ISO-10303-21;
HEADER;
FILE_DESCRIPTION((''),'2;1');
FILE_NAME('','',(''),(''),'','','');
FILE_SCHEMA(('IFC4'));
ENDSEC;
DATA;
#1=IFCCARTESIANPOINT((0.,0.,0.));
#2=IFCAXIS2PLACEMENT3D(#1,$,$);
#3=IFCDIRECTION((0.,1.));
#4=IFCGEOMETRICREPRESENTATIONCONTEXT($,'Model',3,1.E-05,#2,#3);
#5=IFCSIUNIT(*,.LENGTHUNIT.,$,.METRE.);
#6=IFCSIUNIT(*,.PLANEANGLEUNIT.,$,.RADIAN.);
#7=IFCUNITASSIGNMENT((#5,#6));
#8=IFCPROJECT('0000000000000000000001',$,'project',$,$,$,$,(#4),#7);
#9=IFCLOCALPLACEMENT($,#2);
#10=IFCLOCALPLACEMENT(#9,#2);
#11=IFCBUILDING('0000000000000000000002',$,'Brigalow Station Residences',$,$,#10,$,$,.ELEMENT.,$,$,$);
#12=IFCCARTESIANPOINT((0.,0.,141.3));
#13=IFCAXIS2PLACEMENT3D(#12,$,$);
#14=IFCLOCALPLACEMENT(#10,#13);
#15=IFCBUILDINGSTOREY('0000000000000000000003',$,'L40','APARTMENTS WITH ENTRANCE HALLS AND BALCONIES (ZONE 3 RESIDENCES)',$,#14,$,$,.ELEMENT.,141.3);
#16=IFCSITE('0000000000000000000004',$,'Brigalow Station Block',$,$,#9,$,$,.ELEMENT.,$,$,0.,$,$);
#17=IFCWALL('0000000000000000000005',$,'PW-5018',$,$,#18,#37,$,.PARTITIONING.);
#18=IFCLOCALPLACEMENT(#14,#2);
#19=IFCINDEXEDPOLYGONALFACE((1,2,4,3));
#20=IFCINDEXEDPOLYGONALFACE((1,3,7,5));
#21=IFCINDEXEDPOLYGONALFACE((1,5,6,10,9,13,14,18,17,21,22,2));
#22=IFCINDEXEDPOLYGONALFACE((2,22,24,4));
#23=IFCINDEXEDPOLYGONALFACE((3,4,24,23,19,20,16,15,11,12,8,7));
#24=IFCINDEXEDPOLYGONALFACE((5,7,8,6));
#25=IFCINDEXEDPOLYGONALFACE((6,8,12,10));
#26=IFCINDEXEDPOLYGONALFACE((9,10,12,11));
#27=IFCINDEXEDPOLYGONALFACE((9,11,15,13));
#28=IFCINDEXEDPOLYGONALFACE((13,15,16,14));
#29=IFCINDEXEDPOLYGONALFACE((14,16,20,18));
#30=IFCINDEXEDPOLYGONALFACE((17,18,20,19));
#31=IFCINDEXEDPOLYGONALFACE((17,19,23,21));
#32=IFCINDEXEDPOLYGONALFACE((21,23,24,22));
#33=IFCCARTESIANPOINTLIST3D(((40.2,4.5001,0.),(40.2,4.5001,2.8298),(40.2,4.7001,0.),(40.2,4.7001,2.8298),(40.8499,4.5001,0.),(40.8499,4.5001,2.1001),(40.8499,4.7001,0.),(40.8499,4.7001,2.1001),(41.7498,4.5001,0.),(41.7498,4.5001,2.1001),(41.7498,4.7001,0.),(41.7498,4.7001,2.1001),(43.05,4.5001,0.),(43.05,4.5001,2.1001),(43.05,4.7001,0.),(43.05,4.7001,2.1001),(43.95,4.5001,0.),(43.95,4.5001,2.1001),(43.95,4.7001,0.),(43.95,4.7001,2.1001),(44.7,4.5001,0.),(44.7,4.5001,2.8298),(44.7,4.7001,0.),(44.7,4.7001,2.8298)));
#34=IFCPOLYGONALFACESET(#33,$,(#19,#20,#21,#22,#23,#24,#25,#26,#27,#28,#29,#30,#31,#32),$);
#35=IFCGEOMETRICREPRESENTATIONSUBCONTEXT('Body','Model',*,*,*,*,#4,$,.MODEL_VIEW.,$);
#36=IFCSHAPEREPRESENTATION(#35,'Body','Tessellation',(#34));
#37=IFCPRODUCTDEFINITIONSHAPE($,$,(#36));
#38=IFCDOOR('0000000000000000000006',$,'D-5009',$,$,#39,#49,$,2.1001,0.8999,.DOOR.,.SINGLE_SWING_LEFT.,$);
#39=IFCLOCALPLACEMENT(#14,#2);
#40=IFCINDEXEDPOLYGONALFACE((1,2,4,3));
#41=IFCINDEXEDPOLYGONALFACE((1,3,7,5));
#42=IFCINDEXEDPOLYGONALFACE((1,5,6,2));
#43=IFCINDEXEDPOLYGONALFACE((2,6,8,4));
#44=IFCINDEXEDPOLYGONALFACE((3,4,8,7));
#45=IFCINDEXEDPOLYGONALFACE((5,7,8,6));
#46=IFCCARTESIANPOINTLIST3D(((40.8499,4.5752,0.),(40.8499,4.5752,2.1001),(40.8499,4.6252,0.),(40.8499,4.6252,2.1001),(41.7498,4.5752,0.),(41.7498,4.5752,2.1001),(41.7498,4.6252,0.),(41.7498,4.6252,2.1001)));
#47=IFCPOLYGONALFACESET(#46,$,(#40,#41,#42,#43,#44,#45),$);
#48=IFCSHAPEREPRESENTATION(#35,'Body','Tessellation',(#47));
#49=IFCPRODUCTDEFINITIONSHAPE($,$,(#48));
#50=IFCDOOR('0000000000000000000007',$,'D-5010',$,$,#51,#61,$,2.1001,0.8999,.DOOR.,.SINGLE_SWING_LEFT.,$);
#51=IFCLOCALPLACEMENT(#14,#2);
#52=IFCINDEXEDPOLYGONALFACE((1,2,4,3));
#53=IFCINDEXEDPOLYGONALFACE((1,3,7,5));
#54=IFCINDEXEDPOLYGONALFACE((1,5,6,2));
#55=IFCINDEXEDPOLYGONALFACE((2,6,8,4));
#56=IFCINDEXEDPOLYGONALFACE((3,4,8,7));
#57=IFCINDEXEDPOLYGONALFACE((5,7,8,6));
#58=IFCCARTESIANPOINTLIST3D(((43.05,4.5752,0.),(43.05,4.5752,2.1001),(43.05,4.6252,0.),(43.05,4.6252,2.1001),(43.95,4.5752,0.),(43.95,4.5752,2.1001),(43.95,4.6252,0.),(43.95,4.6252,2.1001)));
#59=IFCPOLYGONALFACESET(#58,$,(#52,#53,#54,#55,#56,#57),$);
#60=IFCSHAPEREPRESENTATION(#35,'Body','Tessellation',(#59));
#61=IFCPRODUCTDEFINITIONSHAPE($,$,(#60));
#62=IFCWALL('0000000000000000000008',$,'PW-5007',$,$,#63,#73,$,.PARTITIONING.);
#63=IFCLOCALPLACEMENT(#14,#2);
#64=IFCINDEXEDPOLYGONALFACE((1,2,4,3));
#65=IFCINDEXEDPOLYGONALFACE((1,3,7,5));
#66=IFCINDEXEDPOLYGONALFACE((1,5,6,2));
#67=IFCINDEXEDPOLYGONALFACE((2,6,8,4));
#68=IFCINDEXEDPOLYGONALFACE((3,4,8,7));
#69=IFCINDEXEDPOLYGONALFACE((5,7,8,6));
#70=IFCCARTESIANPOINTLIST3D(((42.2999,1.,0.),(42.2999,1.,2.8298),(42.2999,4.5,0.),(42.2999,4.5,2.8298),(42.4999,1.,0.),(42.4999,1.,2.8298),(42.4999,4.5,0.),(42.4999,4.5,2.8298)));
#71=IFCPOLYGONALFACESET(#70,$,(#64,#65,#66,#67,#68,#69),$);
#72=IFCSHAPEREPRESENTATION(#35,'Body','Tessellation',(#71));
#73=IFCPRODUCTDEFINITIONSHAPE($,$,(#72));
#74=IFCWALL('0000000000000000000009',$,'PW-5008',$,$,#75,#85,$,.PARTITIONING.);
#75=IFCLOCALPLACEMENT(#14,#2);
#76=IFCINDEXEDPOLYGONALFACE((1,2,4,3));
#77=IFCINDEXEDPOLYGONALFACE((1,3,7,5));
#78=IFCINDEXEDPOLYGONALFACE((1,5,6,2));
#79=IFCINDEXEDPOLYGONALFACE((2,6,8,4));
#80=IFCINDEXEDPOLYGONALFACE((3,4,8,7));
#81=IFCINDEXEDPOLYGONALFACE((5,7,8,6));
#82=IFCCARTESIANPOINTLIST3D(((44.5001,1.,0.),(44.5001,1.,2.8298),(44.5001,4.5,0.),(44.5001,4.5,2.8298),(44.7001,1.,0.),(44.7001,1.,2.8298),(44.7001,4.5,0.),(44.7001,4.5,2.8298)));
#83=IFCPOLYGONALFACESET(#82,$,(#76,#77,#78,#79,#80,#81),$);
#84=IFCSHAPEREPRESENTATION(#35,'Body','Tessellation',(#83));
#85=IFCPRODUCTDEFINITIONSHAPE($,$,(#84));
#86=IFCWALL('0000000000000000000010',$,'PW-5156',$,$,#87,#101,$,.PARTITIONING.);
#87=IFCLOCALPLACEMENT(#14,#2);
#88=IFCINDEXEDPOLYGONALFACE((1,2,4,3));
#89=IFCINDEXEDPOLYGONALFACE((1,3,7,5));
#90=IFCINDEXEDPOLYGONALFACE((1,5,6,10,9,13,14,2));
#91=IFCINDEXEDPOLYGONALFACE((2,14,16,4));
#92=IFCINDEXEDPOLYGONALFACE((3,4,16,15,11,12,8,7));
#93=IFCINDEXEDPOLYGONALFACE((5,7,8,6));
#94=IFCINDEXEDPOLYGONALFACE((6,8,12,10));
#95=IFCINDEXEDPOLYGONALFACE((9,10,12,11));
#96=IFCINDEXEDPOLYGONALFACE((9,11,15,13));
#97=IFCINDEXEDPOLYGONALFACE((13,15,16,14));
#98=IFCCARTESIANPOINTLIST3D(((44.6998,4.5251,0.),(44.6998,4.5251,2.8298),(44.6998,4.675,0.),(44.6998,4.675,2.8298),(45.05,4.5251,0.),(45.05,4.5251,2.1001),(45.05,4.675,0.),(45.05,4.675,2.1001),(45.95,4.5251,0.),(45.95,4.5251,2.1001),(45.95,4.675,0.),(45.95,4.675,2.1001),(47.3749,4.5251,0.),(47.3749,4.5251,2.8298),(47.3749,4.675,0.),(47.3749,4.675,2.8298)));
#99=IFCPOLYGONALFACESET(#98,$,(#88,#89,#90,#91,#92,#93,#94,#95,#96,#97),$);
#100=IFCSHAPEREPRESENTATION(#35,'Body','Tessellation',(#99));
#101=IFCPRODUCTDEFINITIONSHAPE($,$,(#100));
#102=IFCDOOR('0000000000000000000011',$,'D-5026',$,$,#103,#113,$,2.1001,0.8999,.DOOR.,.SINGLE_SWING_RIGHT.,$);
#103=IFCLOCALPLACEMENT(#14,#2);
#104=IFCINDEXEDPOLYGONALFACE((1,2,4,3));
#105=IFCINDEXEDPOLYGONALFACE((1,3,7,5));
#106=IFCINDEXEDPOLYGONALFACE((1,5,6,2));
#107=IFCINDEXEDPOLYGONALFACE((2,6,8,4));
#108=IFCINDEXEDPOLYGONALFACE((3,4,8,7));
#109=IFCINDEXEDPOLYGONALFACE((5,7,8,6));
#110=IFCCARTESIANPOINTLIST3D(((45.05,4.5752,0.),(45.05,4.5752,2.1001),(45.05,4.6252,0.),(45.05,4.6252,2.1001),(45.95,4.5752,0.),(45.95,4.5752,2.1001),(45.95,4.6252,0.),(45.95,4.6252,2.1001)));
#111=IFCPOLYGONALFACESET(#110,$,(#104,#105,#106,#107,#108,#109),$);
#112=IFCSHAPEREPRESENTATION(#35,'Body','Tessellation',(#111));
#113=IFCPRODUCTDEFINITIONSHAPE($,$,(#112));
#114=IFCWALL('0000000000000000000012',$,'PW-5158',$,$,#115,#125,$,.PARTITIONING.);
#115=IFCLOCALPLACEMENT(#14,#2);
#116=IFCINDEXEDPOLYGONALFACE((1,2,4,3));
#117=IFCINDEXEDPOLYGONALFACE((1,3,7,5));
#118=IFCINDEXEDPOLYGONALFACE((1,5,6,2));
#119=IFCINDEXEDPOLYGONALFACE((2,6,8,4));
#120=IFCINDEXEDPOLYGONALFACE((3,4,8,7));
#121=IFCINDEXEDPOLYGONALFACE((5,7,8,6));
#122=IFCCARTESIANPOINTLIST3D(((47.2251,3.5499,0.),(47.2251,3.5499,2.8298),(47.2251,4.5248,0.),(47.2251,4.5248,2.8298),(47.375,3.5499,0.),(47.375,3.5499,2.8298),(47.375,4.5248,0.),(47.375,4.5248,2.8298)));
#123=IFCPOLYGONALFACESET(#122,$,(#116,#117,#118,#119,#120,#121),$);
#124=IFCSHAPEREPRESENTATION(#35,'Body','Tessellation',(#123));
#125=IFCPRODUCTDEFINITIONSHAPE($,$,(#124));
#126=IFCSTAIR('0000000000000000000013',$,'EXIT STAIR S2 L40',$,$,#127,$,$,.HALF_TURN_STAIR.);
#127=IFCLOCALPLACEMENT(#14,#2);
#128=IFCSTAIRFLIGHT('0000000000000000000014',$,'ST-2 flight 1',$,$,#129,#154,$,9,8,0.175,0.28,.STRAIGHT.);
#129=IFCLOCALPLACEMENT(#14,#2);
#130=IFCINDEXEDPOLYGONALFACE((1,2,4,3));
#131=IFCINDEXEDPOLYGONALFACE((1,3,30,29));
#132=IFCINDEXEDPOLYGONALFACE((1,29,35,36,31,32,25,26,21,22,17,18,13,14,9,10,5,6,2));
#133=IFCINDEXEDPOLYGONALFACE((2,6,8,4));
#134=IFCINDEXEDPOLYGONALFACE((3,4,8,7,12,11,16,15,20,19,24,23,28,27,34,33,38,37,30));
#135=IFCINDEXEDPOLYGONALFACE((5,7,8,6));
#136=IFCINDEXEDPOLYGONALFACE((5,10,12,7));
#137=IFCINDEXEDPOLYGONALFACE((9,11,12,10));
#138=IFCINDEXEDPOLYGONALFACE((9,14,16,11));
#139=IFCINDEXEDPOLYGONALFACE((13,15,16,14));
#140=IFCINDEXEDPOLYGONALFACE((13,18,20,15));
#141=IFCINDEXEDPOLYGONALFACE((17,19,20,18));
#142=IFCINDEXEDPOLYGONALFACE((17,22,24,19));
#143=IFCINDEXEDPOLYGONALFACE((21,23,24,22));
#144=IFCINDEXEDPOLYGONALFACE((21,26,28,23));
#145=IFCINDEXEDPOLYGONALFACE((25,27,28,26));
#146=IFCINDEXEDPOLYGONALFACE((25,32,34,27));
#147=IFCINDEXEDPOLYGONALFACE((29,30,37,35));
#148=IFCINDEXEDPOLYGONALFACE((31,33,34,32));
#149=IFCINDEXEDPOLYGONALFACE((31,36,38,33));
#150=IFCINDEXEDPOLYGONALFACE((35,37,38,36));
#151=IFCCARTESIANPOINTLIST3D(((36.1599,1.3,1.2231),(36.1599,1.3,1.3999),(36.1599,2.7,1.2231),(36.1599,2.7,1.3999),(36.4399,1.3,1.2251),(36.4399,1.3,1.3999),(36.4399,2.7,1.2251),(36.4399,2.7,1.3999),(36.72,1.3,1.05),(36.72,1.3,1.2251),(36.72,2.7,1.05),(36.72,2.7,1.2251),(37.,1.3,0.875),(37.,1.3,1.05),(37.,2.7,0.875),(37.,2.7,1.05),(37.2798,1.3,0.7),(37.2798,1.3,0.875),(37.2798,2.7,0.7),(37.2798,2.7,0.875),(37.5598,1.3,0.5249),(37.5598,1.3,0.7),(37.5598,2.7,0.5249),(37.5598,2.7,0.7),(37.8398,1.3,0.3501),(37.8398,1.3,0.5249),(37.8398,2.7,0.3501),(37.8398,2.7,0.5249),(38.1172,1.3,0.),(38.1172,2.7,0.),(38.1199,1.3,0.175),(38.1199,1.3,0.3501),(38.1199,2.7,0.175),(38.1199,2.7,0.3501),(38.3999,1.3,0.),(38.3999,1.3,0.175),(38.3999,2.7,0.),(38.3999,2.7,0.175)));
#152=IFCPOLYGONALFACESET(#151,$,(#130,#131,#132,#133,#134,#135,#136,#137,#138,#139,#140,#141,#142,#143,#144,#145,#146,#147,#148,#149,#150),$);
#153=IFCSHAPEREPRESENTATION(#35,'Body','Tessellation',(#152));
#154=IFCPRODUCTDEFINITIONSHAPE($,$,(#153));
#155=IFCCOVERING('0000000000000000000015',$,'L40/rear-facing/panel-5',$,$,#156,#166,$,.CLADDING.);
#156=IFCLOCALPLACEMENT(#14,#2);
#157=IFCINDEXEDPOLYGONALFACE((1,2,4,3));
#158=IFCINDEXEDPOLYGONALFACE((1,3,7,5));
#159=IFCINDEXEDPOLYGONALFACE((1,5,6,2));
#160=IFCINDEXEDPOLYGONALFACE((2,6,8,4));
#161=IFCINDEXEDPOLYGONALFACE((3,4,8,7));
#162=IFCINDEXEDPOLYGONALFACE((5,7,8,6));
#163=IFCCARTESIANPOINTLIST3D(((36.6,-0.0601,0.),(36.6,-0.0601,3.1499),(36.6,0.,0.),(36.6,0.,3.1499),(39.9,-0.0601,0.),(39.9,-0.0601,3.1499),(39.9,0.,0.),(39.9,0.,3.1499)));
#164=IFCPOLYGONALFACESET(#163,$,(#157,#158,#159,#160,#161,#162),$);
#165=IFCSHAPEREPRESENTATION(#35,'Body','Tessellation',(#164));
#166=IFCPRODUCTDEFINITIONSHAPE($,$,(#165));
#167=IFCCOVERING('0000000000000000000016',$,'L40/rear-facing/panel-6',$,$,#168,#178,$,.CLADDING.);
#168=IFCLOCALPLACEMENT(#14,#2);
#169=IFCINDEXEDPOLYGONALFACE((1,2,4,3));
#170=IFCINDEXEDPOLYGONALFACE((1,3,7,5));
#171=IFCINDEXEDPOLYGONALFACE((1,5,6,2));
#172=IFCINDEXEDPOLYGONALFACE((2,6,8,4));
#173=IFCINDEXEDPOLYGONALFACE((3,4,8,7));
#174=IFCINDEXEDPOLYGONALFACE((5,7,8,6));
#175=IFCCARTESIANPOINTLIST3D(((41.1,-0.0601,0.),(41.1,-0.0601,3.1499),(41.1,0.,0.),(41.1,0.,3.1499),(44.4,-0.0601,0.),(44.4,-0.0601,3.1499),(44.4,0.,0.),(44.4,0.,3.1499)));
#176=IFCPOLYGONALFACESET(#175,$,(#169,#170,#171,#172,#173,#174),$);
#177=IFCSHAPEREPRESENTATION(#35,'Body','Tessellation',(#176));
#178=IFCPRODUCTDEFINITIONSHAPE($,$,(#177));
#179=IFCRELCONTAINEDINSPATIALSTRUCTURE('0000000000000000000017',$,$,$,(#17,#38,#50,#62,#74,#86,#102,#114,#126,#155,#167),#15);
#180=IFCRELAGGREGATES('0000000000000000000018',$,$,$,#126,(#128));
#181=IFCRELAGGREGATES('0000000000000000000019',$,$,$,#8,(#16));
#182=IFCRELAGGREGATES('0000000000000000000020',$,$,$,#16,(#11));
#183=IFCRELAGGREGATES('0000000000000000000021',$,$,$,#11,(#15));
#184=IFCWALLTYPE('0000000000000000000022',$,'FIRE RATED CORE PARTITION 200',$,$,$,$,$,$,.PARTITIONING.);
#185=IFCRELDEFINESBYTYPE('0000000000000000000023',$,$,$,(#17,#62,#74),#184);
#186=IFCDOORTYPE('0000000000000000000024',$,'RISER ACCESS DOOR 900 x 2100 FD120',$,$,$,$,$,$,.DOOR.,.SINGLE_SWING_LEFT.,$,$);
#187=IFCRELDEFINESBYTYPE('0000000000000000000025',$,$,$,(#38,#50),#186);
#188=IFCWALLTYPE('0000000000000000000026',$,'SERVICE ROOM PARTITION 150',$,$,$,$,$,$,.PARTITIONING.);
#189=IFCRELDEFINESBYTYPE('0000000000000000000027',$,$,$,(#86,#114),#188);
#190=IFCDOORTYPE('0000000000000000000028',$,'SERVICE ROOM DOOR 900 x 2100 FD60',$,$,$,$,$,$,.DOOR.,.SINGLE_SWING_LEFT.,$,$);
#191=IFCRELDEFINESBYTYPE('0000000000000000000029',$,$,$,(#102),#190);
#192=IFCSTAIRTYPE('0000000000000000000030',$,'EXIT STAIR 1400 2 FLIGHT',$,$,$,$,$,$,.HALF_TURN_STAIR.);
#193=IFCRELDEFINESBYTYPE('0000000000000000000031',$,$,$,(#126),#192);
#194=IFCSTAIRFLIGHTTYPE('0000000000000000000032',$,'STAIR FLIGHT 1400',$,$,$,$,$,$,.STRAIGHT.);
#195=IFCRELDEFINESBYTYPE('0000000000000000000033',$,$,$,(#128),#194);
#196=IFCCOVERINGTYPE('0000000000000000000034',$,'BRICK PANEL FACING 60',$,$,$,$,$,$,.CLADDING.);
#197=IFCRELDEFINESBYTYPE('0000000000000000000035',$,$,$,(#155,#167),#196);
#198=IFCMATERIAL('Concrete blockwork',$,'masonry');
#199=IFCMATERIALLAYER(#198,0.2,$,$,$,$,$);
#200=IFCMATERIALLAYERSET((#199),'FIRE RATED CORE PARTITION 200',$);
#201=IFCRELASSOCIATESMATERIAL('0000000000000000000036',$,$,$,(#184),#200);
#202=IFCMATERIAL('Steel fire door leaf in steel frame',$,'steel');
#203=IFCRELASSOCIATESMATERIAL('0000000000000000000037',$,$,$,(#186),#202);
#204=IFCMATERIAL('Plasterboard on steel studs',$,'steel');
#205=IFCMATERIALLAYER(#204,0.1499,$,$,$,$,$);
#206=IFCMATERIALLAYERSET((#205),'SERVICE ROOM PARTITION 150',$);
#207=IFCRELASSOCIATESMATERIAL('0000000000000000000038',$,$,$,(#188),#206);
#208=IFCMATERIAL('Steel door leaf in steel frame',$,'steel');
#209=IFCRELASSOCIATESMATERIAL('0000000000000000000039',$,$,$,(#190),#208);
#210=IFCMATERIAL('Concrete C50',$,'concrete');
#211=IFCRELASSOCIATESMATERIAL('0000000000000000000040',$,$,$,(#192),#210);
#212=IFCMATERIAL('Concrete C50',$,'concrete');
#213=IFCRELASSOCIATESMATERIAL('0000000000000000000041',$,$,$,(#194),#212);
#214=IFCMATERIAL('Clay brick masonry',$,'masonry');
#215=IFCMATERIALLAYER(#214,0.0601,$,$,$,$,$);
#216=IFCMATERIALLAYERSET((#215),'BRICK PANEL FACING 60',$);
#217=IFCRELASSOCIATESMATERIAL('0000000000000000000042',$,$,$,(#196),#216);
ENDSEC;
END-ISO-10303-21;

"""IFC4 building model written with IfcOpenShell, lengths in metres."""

from ifc_helpers import new_model, si_unit, direction, frame, frame_2d, origin, origin_2d, place, context, subcontext, project, spatial, polyline, rectangle, outline, extrude, material, layer, layer_set, type_object, element, fill, aggregate, save


model = new_model("IFC4")

# Units and contexts
model_context = context("Model", 3, precision=1e-05, world=origin(), true_north=direction((0.0, 1.0)))
body_context = subcontext(model_context, "Body", "Model", "MODEL_VIEW")
ifc_project = project(units=[si_unit("LENGTHUNIT", "METRE"), si_unit("PLANEANGLEUNIT", "RADIAN")], contexts=[model_context])

# Site, building, storey
site_placement = place(None, origin())
site = spatial("IfcSite", under=ifc_project, at=site_placement, Name="Brigalow Station Block", CompositionType="ELEMENT", RefElevation=0.0)
building_placement = place(site_placement, origin())
building = spatial("IfcBuilding", under=site, at=building_placement, Name="Brigalow Station Residences", CompositionType="ELEMENT")
storey_placement = place(building_placement, frame((0.0, 0.0, 141.3)))
storey = spatial("IfcBuildingStorey", under=building, at=storey_placement, Name="L40", Description="APARTMENTS WITH ENTRANCE HALLS AND BALCONIES (ZONE 3 RESIDENCES)", CompositionType="ELEMENT", Elevation=141.3)

# Wall, openings, doors
ifc_material_1 = material(Name="Concrete blockwork", Category="masonry")
ifc_layer_1 = layer(ifc_material_1, 0.2)
ifc_layer_set_1 = layer_set([ifc_layer_1], Name="FIRE RATED CORE PARTITION 200")
wall_type_1 = type_object("IfcWallType", Name="FIRE RATED CORE PARTITION 200", PredefinedType="PARTITIONING", material=ifc_layer_set_1)
wall_1_placement = place(storey_placement, frame((40.2, 4.6001, 0.0), z_axis=(0.0, 0.0, 1.0), x_axis=(1.0, 0.0, 0.0)))
wall_1 = element("IfcWall", 1, at=wall_1_placement, inside=storey, type_object=wall_type_1, Name="PW-5018", PredefinedType="PARTITIONING", context=body_context, shape_type="SweptSolid", body=[
    extrude(rectangle(XDim=4.5, YDim=0.2, at=frame_2d((2.25, 0.0))), origin(), (0.0, 0.0, 1.0), 2.8298),
])
opening_1_placement = place(wall_1_placement, frame((0.6499, 0.0, 0.0)))
opening_1 = element("IfcOpeningElement", 2, at=opening_1_placement, cuts=wall_1, PredefinedType="OPENING", context=body_context, shape_type="SweptSolid", body=[
    extrude(rectangle(XDim=0.8999, YDim=2.1001, at=frame_2d((0.45, 1.05))), frame((0.0, 0.1099, 0.0), z_axis=(0.0, -1.0, 0.0), x_axis=(1.0, 0.0, 0.0)), (0.0, 0.0, 1.0), 0.22),
])
opening_2_placement = place(wall_1_placement, frame((2.8501, 0.0, 0.0)))
opening_2 = element("IfcOpeningElement", 3, at=opening_2_placement, cuts=wall_1, PredefinedType="OPENING", context=body_context, shape_type="SweptSolid", body=[
    extrude(rectangle(XDim=0.8999, YDim=2.1001, at=frame_2d((0.45, 1.05))), frame((0.0, 0.1099, 0.0), z_axis=(0.0, -1.0, 0.0), x_axis=(1.0, 0.0, 0.0)), (0.0, 0.0, 1.0), 0.22),
])
ifc_material_2 = material(Name="Steel fire door leaf in steel frame", Category="steel")
door_type_1 = type_object("IfcDoorType", Name="RISER ACCESS DOOR 900 x 2100 FD120", OperationType="SINGLE_SWING_LEFT", PredefinedType="DOOR", material=ifc_material_2)
door_1_placement = place(opening_1_placement, frame((0.8999, 0.0, 0.0), z_axis=(0.0, 0.0, 1.0), x_axis=(-1.0, 0.0, 0.0)))
door_1 = element("IfcDoor", 4, at=door_1_placement, inside=storey, type_object=door_type_1, Name="D-5009", OperationType="SINGLE_SWING_LEFT", OverallHeight=2.1001, OverallWidth=0.8999, PredefinedType="DOOR", context=body_context, shape_type="SweptSolid", body=[
    extrude(rectangle(XDim=0.8999, YDim=2.1001, at=frame_2d((0.45, 1.05))), frame((0.0, 0.0249, 0.0), z_axis=(0.0, -1.0, 0.0), x_axis=(1.0, 0.0, 0.0)), (0.0, 0.0, 1.0), 0.05),
])
fill(opening_1, door_1)
door_2_placement = place(opening_2_placement, frame((0.8999, 0.0, 0.0), z_axis=(0.0, 0.0, 1.0), x_axis=(-1.0, 0.0, 0.0)))
door_2 = element("IfcDoor", 5, at=door_2_placement, inside=storey, type_object=door_type_1, Name="D-5010", OperationType="SINGLE_SWING_LEFT", OverallHeight=2.1001, OverallWidth=0.8999, PredefinedType="DOOR", context=body_context, shape_type="SweptSolid", body=[
    extrude(rectangle(XDim=0.8999, YDim=2.1001, at=frame_2d((0.45, 1.05))), frame((0.0, 0.0249, 0.0), z_axis=(0.0, -1.0, 0.0), x_axis=(1.0, 0.0, 0.0)), (0.0, 0.0, 1.0), 0.05),
])
fill(opening_2, door_2)

# Walls
for number, where, z_axis, x_axis, name in (
    (6, (42.3999, 1.0, 0.0), (0.0, 0.0, 1.0), (0.0, 1.0, 0.0), "PW-5007"),
    (7, (44.6001, 1.0, 0.0), (0.0, 0.0, 1.0), (0.0, 1.0, 0.0), "PW-5008"),
):
    element("IfcWall", number, at=place(storey_placement, frame(where, z_axis=z_axis, x_axis=x_axis)), inside=storey, type_object=wall_type_1, Name=name, PredefinedType="PARTITIONING", context=body_context, shape_type="SweptSolid", body=[
        extrude(rectangle(XDim=3.5, YDim=0.2, at=frame_2d((1.75, 0.0))), origin(), (0.0, 0.0, 1.0), 2.8298),
    ])

# Wall, opening, door
ifc_material_3 = material(Name="Plasterboard on steel studs", Category="steel")
ifc_layer_2 = layer(ifc_material_3, 0.1499)
ifc_layer_set_2 = layer_set([ifc_layer_2], Name="SERVICE ROOM PARTITION 150")
wall_type_2 = type_object("IfcWallType", Name="SERVICE ROOM PARTITION 150", PredefinedType="PARTITIONING", material=ifc_layer_set_2)
wall_2_placement = place(storey_placement, frame((44.7, 4.6001, 0.0), z_axis=(0.0, 0.0, 1.0), x_axis=(1.0, 0.0, 0.0)))
wall_2 = element("IfcWall", 8, at=wall_2_placement, inside=storey, type_object=wall_type_2, Name="PW-5156", PredefinedType="PARTITIONING", context=body_context, shape_type="SweptSolid", body=[
    extrude(rectangle(XDim=2.675, YDim=0.1499, at=frame_2d((1.3374, 0.0))), origin(), (0.0, 0.0, 1.0), 2.8298),
])
opening_3_placement = place(wall_2_placement, frame((0.3501, 0.0, 0.0)))
opening_3 = element("IfcOpeningElement", 9, at=opening_3_placement, cuts=wall_2, PredefinedType="OPENING", context=body_context, shape_type="SweptSolid", body=[
    extrude(rectangle(XDim=0.8999, YDim=2.1001, at=frame_2d((0.45, 1.05))), frame((0.0, 0.085, 0.0), z_axis=(0.0, -1.0, 0.0), x_axis=(1.0, 0.0, 0.0)), (0.0, 0.0, 1.0), 0.1699),
])
ifc_material_4 = material(Name="Steel door leaf in steel frame", Category="steel")
door_type_2 = type_object("IfcDoorType", Name="SERVICE ROOM DOOR 900 x 2100 FD60", OperationType="SINGLE_SWING_LEFT", PredefinedType="DOOR", material=ifc_material_4)
door_3_placement = place(opening_3_placement, frame((0.8999, 0.0, 0.0), z_axis=(0.0, 0.0, 1.0), x_axis=(-1.0, 0.0, 0.0)))
door_3 = element("IfcDoor", 10, at=door_3_placement, inside=storey, type_object=door_type_2, Name="D-5026", OperationType="SINGLE_SWING_RIGHT", OverallHeight=2.1001, OverallWidth=0.8999, PredefinedType="DOOR", context=body_context, shape_type="SweptSolid", body=[
    extrude(rectangle(XDim=0.8999, YDim=2.1001, at=frame_2d((0.45, 1.05))), frame((0.0, 0.0249, 0.0), z_axis=(0.0, -1.0, 0.0), x_axis=(1.0, 0.0, 0.0)), (0.0, 0.0, 1.0), 0.05),
])
fill(opening_3, door_3)

# Wall
wall_3_placement = place(storey_placement, frame((47.3, 3.55, 0.0), z_axis=(0.0, 0.0, 1.0), x_axis=(0.0, 1.0, 0.0)))
element("IfcWall", 11, at=wall_3_placement, inside=storey, type_object=wall_type_2, Name="PW-5158", PredefinedType="PARTITIONING", context=body_context, shape_type="SweptSolid", body=[
    extrude(rectangle(XDim=0.9749, YDim=0.1499, at=frame_2d((0.4873, 0.0))), origin(), (0.0, 0.0, 1.0), 2.8298),
])

# Stair, stair flight
ifc_material_5 = material(Name="Concrete C50", Category="concrete")
stair_type = type_object("IfcStairType", Name="EXIT STAIR 1400 2 FLIGHT", PredefinedType="HALF_TURN_STAIR", material=ifc_material_5)
stair_placement = place(storey_placement, origin())
stair = element("IfcStair", 12, at=stair_placement, inside=storey, type_object=stair_type, Name="EXIT STAIR S2 L40", PredefinedType="HALF_TURN_STAIR")
ifc_material_6 = material(Name="Concrete C50", Category="concrete")
stair_flight_type = type_object("IfcStairFlightType", Name="STAIR FLIGHT 1400", PredefinedType="STRAIGHT", material=ifc_material_6)
stair_flight_placement = place(storey_placement, frame((38.3999, 2.0, 0.0), z_axis=(0.0, 0.0, 1.0), x_axis=(-1.0, 0.0, 0.0)))
stair_flight = element("IfcStairFlight", 13, at=stair_flight_placement, type_object=stair_flight_type, Name="ST-2 flight 1", NumberOfRisers=9, NumberOfTreads=8, PredefinedType="STRAIGHT", RiserHeight=0.175, TreadLength=0.28, context=body_context, shape_type="SweptSolid", body=[
    extrude(outline(polyline([(0.0, 0.0), (0.0, 0.175), (0.28, 0.175), (0.28, 0.3501), (0.5601, 0.3501), (0.5601, 0.5249), (0.8401, 0.5249), (0.8401, 0.7), (1.1201, 0.7), (1.1201, 0.875), (1.3999, 0.875), (1.3999, 1.05), (1.6799, 1.05), (1.6799, 1.2251), (1.96, 1.2251), (1.96, 1.3999), (2.24, 1.3999), (2.24, 1.575), (2.24, 1.2231), (0.2827, 0.0), (0.0, 0.0)])), frame((0.0, 0.7, 0.0), z_axis=(0.0, -1.0, 0.0), x_axis=(1.0, 0.0, 0.0)), (0.0, 0.0, 1.0), 1.3999),
])
aggregate(stair, [stair_flight])

# Coverings
ifc_material_7 = material(Name="Clay brick masonry", Category="masonry")
ifc_layer_3 = layer(ifc_material_7, 0.0601)
ifc_layer_set_3 = layer_set([ifc_layer_3], Name="BRICK PANEL FACING 60")
covering_type_1 = type_object("IfcCoveringType", Name="BRICK PANEL FACING 60", PredefinedType="CLADDING", material=ifc_layer_set_3)
for number, where, z_axis, x_axis, name in (
    (14, (38.25, -0.03, 0.0), (0.0, 0.0, 1.0), (1.0, 0.0, 0.0), "L40/rear-facing/panel-5"),
    (15, (42.75, -0.03, 0.0), (0.0, 0.0, 1.0), (1.0, 0.0, 0.0), "L40/rear-facing/panel-6"),
):
    element("IfcCovering", number, at=place(storey_placement, frame(where, z_axis=z_axis, x_axis=x_axis)), inside=storey, type_object=covering_type_1, Name=name, PredefinedType="CLADDING", context=body_context, shape_type="SweptSolid", body=[
        extrude(rectangle(XDim=3.3, YDim=0.0601, at=origin_2d()), origin(), (0.0, 0.0, 1.0), 3.1499),
    ])

save(model, "model.ifc")
